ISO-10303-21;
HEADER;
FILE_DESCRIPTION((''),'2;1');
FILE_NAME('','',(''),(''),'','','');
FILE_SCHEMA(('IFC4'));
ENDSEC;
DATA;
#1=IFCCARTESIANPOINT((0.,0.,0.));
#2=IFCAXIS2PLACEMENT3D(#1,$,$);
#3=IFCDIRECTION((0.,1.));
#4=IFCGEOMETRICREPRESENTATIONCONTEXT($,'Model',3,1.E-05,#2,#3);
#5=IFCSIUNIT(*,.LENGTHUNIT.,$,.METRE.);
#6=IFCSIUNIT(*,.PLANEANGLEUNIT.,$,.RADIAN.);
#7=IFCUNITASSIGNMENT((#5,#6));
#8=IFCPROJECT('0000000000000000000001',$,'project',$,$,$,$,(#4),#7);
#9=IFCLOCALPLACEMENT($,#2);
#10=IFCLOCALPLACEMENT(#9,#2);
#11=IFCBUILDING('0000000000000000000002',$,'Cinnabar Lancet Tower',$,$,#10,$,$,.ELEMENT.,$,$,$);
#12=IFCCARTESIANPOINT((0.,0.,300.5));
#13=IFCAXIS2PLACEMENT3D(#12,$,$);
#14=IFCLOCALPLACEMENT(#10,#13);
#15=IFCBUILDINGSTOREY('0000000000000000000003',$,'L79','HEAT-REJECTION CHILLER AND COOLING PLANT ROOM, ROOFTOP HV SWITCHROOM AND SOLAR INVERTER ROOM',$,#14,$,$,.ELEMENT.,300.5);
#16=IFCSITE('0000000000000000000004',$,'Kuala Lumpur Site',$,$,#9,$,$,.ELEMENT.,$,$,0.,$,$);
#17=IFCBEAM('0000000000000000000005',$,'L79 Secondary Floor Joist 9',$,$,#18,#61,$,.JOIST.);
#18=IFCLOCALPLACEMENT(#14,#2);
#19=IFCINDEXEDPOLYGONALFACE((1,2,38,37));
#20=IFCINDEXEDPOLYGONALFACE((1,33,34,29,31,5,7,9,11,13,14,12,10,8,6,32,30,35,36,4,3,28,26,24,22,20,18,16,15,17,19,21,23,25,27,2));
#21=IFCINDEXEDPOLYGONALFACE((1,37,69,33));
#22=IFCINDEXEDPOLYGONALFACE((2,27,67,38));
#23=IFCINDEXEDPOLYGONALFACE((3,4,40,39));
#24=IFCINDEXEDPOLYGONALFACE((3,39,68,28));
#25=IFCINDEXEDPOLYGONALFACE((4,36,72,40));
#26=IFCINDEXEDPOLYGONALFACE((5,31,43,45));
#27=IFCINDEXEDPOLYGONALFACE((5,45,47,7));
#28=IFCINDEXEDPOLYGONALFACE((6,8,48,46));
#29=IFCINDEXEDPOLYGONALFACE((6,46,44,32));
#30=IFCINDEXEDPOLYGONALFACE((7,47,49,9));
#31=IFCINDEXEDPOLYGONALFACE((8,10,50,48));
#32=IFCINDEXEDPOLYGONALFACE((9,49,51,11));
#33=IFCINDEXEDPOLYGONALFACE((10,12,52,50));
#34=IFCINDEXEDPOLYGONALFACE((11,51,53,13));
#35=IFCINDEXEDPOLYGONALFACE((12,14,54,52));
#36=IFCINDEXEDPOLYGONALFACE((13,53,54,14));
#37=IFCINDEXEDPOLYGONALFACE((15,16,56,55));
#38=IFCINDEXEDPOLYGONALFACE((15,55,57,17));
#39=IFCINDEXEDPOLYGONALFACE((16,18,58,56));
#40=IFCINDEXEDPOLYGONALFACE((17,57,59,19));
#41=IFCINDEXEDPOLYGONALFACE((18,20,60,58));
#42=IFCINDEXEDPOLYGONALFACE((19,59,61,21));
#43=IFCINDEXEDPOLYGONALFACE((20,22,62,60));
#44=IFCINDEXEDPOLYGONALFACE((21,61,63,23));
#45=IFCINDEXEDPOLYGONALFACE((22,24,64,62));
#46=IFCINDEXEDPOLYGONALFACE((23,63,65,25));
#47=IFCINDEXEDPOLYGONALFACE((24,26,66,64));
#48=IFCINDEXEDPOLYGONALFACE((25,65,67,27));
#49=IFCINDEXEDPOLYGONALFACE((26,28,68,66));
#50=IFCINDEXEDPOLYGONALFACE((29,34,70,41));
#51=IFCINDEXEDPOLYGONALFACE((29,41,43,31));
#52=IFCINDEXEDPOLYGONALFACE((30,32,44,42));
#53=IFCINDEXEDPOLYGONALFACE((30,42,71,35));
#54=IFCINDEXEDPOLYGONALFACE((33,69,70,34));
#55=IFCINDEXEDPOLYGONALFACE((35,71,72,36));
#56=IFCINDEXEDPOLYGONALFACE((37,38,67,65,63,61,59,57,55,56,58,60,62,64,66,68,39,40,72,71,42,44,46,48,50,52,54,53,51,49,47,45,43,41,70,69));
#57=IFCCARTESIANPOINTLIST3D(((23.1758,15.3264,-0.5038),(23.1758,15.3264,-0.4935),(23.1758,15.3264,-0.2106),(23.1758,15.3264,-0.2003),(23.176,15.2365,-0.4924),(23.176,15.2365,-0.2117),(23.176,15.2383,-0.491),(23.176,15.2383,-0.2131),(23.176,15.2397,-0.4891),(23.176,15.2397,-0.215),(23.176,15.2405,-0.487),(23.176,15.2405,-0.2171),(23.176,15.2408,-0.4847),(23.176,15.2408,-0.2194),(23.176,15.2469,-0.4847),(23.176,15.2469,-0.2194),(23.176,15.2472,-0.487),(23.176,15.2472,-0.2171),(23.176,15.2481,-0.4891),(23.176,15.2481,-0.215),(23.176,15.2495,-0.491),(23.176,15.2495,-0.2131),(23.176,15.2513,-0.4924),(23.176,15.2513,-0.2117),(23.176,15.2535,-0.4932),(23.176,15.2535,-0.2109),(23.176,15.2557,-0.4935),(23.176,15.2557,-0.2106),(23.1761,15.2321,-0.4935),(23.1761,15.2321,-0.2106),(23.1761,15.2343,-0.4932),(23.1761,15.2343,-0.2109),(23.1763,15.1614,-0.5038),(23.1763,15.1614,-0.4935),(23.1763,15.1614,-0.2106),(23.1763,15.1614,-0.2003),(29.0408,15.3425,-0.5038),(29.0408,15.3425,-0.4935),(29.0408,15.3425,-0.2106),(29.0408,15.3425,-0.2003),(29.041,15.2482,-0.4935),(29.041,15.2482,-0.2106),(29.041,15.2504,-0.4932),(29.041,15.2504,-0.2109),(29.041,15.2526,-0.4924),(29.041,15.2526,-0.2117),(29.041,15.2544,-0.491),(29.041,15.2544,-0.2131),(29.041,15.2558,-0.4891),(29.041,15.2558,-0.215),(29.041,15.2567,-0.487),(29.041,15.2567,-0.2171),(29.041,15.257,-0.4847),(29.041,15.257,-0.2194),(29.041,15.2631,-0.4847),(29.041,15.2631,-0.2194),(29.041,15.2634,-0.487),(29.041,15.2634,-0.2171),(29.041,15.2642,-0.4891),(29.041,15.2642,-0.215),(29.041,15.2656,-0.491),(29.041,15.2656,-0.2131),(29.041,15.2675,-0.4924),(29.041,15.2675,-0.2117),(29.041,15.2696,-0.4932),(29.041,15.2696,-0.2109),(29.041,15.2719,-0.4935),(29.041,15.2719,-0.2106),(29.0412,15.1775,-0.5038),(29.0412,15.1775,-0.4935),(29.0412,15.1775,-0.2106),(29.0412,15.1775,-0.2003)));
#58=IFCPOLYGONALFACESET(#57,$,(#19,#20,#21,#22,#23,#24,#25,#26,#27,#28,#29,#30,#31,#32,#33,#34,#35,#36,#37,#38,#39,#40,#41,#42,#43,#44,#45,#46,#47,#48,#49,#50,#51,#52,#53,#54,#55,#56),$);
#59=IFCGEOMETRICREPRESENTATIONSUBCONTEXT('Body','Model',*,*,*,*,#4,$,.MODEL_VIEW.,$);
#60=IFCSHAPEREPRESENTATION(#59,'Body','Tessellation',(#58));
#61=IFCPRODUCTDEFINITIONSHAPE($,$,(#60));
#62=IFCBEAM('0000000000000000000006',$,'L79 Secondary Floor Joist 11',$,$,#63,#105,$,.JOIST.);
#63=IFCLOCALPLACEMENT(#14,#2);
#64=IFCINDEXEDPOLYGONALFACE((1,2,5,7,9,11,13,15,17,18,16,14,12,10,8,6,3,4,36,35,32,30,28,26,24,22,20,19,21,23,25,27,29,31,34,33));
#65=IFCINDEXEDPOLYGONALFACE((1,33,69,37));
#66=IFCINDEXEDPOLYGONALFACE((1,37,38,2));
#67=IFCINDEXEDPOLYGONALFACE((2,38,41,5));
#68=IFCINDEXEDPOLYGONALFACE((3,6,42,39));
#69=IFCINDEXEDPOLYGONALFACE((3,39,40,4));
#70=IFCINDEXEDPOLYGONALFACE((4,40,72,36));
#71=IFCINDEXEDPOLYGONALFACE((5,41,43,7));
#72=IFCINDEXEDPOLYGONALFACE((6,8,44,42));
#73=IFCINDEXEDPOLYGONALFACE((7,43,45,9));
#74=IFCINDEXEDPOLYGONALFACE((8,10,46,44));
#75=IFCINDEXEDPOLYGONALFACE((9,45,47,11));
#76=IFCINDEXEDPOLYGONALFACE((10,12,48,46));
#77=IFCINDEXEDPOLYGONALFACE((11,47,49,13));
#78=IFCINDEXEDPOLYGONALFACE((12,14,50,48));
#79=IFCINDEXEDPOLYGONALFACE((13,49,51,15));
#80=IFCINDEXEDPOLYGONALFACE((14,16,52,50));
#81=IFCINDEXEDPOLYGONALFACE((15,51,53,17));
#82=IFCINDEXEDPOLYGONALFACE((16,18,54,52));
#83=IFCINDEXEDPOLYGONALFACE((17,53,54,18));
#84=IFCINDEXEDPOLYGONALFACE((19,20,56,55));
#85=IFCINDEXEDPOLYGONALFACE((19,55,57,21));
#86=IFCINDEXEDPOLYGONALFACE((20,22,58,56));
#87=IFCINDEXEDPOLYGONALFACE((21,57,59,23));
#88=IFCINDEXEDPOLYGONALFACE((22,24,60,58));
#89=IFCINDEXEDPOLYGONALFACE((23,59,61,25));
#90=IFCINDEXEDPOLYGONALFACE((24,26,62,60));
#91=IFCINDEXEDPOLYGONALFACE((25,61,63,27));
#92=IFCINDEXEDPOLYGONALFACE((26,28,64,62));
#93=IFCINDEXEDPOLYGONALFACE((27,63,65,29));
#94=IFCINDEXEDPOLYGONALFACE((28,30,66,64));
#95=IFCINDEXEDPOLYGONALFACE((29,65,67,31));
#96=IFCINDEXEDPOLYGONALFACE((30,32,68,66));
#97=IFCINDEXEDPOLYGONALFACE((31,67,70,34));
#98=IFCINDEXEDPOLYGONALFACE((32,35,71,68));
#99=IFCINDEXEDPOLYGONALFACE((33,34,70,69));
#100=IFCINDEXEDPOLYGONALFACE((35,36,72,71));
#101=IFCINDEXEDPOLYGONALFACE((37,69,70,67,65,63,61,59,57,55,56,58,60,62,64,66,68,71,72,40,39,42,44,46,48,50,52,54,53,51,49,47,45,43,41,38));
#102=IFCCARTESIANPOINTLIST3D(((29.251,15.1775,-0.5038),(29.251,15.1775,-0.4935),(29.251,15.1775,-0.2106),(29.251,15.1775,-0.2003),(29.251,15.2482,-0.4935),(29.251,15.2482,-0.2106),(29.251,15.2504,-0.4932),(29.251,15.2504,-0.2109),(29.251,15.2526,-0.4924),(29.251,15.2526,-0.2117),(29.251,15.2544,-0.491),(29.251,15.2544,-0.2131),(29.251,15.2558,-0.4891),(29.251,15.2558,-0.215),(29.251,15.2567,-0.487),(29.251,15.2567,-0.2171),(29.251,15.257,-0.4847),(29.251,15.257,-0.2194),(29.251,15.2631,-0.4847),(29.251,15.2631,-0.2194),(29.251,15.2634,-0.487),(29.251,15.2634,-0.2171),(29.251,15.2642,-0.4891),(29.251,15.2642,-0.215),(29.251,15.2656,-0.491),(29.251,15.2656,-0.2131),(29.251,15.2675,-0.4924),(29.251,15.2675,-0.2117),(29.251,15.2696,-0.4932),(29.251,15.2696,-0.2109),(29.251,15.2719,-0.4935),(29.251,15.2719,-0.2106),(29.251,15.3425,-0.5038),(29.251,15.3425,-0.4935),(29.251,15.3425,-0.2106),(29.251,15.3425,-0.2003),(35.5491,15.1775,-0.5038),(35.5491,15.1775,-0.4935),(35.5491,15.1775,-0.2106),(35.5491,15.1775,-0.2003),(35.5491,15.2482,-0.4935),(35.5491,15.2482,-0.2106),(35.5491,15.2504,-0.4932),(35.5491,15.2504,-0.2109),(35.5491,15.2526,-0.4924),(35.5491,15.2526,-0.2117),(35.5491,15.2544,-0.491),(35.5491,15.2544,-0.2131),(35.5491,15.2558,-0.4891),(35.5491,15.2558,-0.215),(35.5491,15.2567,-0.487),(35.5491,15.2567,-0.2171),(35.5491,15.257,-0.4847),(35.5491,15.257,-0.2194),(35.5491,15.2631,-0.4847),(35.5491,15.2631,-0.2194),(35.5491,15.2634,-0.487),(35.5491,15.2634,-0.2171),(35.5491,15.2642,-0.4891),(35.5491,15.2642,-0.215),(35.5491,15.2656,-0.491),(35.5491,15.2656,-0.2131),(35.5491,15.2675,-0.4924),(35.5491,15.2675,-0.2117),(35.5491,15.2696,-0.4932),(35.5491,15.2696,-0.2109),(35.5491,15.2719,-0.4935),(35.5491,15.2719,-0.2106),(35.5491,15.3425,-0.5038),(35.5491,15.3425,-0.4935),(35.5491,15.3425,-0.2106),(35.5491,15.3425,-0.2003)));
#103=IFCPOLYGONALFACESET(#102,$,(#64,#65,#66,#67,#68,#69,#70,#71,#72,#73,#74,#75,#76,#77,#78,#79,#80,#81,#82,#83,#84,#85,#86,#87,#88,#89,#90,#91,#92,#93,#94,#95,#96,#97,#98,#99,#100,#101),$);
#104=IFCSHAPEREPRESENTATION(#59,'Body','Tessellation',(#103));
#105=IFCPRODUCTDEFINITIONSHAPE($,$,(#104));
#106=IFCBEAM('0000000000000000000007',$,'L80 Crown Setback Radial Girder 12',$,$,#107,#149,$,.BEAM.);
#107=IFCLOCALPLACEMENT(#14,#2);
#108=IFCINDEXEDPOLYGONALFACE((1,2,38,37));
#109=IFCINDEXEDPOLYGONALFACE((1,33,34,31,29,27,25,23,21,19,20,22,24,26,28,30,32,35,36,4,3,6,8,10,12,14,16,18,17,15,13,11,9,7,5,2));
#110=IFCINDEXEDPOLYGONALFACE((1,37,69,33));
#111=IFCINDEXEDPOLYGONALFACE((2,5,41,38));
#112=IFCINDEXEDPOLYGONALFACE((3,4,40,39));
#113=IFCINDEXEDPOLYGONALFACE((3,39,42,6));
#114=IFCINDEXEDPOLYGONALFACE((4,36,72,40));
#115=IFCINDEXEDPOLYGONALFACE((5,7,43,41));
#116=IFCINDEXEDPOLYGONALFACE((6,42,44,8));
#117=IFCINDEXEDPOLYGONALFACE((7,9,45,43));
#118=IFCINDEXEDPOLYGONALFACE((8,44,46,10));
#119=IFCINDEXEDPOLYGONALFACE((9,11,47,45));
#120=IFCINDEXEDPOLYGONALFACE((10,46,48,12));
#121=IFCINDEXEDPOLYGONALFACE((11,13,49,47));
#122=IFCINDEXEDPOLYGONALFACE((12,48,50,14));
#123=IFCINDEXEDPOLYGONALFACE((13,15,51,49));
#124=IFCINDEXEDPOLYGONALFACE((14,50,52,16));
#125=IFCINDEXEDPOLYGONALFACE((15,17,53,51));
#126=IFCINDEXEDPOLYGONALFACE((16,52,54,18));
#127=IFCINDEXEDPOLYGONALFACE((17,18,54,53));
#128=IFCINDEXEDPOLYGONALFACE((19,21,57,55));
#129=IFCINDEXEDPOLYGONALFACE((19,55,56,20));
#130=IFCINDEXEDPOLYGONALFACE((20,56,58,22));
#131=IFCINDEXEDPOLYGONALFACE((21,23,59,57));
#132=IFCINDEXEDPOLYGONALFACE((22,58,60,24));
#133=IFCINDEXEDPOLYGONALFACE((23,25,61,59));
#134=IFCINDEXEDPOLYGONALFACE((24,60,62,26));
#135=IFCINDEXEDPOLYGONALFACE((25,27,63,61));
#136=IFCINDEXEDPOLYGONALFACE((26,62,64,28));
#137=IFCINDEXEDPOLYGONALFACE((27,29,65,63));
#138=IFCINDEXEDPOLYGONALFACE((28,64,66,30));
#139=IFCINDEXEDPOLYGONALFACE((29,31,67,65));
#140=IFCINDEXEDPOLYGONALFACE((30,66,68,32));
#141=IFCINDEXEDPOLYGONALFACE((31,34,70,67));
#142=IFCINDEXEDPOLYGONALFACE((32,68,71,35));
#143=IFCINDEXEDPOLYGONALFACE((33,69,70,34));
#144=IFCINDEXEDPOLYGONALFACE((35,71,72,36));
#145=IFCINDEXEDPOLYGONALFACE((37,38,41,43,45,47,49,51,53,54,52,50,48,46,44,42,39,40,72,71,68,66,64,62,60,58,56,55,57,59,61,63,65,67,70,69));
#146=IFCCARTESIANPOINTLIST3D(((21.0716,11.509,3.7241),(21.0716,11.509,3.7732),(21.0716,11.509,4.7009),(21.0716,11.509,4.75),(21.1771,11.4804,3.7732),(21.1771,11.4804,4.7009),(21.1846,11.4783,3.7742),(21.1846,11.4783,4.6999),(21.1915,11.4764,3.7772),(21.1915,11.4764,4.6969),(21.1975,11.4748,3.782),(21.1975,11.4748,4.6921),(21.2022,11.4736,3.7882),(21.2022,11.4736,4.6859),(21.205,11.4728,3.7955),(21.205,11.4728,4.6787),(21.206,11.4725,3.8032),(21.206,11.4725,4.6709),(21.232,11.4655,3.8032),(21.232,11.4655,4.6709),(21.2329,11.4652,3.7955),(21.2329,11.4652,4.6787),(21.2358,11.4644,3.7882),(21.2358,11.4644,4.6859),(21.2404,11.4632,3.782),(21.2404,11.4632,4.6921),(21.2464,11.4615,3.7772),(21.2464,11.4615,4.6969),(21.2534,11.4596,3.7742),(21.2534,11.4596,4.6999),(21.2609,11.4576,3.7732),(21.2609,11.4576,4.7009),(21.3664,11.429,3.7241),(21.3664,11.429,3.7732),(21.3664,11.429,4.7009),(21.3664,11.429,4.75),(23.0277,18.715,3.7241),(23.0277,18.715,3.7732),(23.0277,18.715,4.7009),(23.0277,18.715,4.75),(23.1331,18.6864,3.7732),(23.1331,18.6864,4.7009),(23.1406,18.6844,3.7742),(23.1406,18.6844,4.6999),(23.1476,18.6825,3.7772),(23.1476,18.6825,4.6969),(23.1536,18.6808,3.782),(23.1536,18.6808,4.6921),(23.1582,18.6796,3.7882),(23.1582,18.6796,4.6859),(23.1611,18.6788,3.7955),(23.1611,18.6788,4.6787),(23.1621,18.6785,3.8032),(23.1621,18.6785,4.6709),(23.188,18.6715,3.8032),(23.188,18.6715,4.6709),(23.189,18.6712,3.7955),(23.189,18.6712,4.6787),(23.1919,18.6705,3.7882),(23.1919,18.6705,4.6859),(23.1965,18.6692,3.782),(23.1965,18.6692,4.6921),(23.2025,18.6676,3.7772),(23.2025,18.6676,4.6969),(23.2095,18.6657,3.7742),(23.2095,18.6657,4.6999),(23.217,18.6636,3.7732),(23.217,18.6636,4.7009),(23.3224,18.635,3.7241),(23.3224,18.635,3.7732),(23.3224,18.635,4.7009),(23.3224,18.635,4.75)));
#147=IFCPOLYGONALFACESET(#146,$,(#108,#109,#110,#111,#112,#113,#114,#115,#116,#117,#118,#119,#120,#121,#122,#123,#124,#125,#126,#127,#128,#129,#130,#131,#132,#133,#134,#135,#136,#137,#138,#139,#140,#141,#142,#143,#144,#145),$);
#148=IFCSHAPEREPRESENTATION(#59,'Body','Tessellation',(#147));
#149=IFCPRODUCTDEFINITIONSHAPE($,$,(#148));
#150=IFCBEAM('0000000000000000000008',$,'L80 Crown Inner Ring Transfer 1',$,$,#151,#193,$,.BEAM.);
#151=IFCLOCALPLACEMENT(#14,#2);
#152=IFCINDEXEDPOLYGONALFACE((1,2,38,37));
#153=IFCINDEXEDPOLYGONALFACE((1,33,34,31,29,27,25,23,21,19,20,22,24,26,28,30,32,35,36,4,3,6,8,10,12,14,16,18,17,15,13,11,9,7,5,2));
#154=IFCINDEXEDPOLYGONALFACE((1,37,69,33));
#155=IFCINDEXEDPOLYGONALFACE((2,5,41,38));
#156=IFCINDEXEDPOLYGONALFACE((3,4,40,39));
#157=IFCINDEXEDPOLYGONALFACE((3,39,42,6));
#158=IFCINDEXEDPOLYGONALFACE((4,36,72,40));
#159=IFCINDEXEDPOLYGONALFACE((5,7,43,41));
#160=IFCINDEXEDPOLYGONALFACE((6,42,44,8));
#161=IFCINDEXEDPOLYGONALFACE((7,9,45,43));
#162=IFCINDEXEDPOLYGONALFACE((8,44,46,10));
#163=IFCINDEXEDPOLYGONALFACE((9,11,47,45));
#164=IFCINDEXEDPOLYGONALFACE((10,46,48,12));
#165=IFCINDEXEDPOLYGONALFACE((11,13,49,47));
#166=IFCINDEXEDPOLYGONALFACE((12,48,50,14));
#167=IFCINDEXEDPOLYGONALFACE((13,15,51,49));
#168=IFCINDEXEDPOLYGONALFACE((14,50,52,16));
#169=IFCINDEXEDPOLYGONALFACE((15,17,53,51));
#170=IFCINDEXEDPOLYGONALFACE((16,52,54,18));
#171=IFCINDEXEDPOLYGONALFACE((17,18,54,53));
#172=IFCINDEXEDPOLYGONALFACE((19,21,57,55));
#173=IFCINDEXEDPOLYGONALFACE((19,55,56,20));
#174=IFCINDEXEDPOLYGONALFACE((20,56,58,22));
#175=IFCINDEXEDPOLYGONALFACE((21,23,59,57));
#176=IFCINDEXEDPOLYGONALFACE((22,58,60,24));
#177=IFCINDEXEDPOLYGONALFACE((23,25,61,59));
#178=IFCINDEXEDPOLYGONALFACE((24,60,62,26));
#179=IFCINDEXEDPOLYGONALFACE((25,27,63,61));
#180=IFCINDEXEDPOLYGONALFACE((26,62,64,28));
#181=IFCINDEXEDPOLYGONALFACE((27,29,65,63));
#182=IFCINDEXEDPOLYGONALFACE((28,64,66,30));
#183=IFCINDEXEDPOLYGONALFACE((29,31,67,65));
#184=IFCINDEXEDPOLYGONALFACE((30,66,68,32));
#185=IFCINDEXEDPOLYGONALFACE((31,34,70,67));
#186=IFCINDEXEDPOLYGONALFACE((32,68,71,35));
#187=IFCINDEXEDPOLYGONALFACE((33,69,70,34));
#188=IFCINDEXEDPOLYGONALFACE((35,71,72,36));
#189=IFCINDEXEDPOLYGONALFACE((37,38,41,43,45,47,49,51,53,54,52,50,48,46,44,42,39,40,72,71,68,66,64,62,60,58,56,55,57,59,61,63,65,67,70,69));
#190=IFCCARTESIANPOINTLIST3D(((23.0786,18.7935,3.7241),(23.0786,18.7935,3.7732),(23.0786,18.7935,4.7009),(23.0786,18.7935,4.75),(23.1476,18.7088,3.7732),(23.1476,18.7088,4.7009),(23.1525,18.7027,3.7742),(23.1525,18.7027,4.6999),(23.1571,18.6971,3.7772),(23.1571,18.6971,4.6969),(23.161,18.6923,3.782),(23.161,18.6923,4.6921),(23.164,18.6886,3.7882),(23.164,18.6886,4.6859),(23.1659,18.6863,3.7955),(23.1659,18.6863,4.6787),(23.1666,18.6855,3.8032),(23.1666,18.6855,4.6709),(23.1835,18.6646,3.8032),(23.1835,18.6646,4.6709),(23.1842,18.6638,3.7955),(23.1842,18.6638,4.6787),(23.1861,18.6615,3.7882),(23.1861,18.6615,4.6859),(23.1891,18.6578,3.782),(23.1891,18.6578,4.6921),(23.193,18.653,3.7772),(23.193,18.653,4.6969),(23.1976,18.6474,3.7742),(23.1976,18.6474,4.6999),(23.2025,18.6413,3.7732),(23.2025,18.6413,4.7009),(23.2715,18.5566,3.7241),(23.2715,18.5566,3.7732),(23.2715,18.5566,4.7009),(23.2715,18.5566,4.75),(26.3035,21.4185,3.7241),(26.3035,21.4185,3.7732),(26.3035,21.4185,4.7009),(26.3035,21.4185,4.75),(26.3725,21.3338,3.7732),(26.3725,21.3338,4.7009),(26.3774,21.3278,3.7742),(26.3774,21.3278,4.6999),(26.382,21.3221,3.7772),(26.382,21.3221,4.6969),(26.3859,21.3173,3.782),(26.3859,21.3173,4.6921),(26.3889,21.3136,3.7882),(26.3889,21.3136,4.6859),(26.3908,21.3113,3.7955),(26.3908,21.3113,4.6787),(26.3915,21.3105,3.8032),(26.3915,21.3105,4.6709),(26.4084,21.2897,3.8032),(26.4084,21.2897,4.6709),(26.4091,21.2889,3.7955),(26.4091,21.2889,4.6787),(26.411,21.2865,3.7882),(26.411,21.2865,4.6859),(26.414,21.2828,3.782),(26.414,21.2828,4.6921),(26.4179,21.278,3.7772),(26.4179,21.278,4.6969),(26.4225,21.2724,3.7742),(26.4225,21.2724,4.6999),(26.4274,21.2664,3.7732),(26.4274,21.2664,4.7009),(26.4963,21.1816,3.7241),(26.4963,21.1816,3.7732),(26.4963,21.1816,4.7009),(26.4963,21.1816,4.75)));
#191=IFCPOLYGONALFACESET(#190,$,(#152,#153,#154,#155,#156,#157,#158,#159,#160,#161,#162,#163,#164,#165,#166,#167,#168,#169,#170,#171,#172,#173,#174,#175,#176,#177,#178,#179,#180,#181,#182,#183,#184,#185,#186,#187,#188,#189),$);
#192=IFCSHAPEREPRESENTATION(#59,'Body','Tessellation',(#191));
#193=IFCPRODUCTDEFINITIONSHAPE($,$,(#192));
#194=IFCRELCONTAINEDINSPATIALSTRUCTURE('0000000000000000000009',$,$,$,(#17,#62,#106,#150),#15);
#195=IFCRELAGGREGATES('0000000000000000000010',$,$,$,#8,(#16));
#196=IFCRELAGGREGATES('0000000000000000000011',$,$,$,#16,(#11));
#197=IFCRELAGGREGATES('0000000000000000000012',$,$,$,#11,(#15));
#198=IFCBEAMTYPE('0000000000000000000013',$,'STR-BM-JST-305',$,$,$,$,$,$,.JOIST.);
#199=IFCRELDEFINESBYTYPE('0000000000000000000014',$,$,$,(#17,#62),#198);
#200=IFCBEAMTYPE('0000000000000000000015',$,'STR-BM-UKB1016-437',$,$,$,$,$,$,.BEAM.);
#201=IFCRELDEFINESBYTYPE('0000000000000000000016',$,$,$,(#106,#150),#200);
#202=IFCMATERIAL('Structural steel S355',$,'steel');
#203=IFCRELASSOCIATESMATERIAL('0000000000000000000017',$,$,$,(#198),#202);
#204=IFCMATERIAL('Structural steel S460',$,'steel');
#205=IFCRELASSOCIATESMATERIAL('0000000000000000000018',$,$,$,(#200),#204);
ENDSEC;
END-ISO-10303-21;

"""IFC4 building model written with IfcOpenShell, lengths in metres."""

from ifc_helpers import new_model, si_unit, direction, frame, origin, origin_2d, place, context, subcontext, project, spatial, i_section, extrude, material, material_profile, profile_set, type_object, element, save


model = new_model("IFC4")

# Units and contexts
model_context = context("Model", 3, precision=1e-05, world=origin(), true_north=direction((0.0, 1.0)))
body_context = subcontext(model_context, "Body", "Model", "MODEL_VIEW")
ifc_project = project(units=[si_unit("LENGTHUNIT", "METRE"), si_unit("PLANEANGLEUNIT", "RADIAN")], contexts=[model_context])

# Site, building, storey
site_placement = place(None, origin())
site = spatial("IfcSite", under=ifc_project, at=site_placement, Name="Kuala Lumpur Site", CompositionType="ELEMENT", RefElevation=0.0)
building_placement = place(site_placement, origin())
building = spatial("IfcBuilding", under=site, at=building_placement, Name="Cinnabar Lancet Tower", CompositionType="ELEMENT")
storey_placement = place(building_placement, frame((0.0, 0.0, 300.5)))
storey = spatial("IfcBuildingStorey", under=building, at=storey_placement, Name="L79", Description="HEAT-REJECTION CHILLER AND COOLING PLANT ROOM, ROOFTOP HV SWITCHROOM AND SOLAR INVERTER ROOM", CompositionType="ELEMENT", Elevation=300.5)

# Beams
ifc_material_1 = material(Name="Structural steel S355", Category="steel")
ifc_material_profile_1 = material_profile(ifc_material_1, i_section(OverallWidth=0.165, OverallDepth=0.3035, WebThickness=0.0061, FlangeThickness=0.0103, FilletRadius=0.0088, at=origin_2d()), Name="UKB 305x165x40")
ifc_profile_set_1 = profile_set([ifc_material_profile_1], Name="Structural steel S355")
beam_type_1 = type_object("IfcBeamType", Name="STR-BM-JST-305", PredefinedType="JOIST", material=ifc_profile_set_1)
beam_1_placement = place(storey_placement, frame((23.176, 15.2439, -0.3521), z_axis=(0.999996, 0.002747, 0.0), x_axis=(-0.002747, 0.999996, 0.0)))
element("IfcBeam", 1, at=beam_1_placement, inside=storey, type_object=beam_type_1, Name="L79 Secondary Floor Joist 9", PredefinedType="JOIST", context=body_context, shape_type="SweptSolid", body=[
    extrude(i_section(OverallWidth=0.165, OverallDepth=0.3035, WebThickness=0.0061, FlangeThickness=0.0103, FilletRadius=0.0088, at=origin_2d()), origin(), (0.0, 0.0, 1.0), 5.865),
])
beam_2_placement = place(storey_placement, frame((29.251, 15.26, -0.3521), z_axis=(1.0, 0.0, 0.0), x_axis=(0.0, 1.0, 0.0)))
element("IfcBeam", 2, at=beam_2_placement, inside=storey, type_object=beam_type_1, Name="L79 Secondary Floor Joist 11", PredefinedType="JOIST", context=body_context, shape_type="SweptSolid", body=[
    extrude(i_section(OverallWidth=0.165, OverallDepth=0.3035, WebThickness=0.0061, FlangeThickness=0.0103, FilletRadius=0.0088, at=origin_2d()), origin(), (0.0, 0.0, 1.0), 6.2981),
])
ifc_material_2 = material(Name="Structural steel S460", Category="steel")
ifc_material_profile_2 = material_profile(ifc_material_2, i_section(OverallWidth=0.3054, OverallDepth=1.0259, WebThickness=0.0269, FlangeThickness=0.0491, FilletRadius=0.03, at=origin_2d()), Name="UKB 1016x305x437")
ifc_profile_set_2 = profile_set([ifc_material_profile_2], Name="Structural steel S460")
beam_type_2 = type_object("IfcBeamType", Name="STR-BM-UKB1016-437", PredefinedType="BEAM", material=ifc_profile_set_2)
beam_3_placement = place(storey_placement, frame((21.219, 11.469, 4.2371), z_axis=(0.261966, 0.965077, 0.0), x_axis=(-0.965077, 0.261966, 0.0)))
element("IfcBeam", 3, at=beam_3_placement, inside=storey, type_object=beam_type_2, Name="L80 Crown Setback Radial Girder 12", PredefinedType="BEAM", context=body_context, shape_type="SweptSolid", body=[
    extrude(i_section(OverallWidth=0.3054, OverallDepth=1.0259, WebThickness=0.0269, FlangeThickness=0.0491, FilletRadius=0.03, at=origin_2d()), origin(), (0.0, 0.0, 1.0), 7.4668),
])
beam_4_placement = place(storey_placement, frame((23.175, 18.675, 4.2371), z_axis=(0.775548, 0.631289, 0.0), x_axis=(-0.631289, 0.775548, 0.0)))
element("IfcBeam", 4, at=beam_4_placement, inside=storey, type_object=beam_type_2, Name="L80 Crown Inner Ring Transfer 1", PredefinedType="BEAM", context=body_context, shape_type="SweptSolid", body=[
    extrude(i_section(OverallWidth=0.3054, OverallDepth=1.0259, WebThickness=0.0269, FlangeThickness=0.0491, FilletRadius=0.03, at=origin_2d()), origin(), (0.0, 0.0, 1.0), 4.1582),
])

save(model, "model.ifc")
